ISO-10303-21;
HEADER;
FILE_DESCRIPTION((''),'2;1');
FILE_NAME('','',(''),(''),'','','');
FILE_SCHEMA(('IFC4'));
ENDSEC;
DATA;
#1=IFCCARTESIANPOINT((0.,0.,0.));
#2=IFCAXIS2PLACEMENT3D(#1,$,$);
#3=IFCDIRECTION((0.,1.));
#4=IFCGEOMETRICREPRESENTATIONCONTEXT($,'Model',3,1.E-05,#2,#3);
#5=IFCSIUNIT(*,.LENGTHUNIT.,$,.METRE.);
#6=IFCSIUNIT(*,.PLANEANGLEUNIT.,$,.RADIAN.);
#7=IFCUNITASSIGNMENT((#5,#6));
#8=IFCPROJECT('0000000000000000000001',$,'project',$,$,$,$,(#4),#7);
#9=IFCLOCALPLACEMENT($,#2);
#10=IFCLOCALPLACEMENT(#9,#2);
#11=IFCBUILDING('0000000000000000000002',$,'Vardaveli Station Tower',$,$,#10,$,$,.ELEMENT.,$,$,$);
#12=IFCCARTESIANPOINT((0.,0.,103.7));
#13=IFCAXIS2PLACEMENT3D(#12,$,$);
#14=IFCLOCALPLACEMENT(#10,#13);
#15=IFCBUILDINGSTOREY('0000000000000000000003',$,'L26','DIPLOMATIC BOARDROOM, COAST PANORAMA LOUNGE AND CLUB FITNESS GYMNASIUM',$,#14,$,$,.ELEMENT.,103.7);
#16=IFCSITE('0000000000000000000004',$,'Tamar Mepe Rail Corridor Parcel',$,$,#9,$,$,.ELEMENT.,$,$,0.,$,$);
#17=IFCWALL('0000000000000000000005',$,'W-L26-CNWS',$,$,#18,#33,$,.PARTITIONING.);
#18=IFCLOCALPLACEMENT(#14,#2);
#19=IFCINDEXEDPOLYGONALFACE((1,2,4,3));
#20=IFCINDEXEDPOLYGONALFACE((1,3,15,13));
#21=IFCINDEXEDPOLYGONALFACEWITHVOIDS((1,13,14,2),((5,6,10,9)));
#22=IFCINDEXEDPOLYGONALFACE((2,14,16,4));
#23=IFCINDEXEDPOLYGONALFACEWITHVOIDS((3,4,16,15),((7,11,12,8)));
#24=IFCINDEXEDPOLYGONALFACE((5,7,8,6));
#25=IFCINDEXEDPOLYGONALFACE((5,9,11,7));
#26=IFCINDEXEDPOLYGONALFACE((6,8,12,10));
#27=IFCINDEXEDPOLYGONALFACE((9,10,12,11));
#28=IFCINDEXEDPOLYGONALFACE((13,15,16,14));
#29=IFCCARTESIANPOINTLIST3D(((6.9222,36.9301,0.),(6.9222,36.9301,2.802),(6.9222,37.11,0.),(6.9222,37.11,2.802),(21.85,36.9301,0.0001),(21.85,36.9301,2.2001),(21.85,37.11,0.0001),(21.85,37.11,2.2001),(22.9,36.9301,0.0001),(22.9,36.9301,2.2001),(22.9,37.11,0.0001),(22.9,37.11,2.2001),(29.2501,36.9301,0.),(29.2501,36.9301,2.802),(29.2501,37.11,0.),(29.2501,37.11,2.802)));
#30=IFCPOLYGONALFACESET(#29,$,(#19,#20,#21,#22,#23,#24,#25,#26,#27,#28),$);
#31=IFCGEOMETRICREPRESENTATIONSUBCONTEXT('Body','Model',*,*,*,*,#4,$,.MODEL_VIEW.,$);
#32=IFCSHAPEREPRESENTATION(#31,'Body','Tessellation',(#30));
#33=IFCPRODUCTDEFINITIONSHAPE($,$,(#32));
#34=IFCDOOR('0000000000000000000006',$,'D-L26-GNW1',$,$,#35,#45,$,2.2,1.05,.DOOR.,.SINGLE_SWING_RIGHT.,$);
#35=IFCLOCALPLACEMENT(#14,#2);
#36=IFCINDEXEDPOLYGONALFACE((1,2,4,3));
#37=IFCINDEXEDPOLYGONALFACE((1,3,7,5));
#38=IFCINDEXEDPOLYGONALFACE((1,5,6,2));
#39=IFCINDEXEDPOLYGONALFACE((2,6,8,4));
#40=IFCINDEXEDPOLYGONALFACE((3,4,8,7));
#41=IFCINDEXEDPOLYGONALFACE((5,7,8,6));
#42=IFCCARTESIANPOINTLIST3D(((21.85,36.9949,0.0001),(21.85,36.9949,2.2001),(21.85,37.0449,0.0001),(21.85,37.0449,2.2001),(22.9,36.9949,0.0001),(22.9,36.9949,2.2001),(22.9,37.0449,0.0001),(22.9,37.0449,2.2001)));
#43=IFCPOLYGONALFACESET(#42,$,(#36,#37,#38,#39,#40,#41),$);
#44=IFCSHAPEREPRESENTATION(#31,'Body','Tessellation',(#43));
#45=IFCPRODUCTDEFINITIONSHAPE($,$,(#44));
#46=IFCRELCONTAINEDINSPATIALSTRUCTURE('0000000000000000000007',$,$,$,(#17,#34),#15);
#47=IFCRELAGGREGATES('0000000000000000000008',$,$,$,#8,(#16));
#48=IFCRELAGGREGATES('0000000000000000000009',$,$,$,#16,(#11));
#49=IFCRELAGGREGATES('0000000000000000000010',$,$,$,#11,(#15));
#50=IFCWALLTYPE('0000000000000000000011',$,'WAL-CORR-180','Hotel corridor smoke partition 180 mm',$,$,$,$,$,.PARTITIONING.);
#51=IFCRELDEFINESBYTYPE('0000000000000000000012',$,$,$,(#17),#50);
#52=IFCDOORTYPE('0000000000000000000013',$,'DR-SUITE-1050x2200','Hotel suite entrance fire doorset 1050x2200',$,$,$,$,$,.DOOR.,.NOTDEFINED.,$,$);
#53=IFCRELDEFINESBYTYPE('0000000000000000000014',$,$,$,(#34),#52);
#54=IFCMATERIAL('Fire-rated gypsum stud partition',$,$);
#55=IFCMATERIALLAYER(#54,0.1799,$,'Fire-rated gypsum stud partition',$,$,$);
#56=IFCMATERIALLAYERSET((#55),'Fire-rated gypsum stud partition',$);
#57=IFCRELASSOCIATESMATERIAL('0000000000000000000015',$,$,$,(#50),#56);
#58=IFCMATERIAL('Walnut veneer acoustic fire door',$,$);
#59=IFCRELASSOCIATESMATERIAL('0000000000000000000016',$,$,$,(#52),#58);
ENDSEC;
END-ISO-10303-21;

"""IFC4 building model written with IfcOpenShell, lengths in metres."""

from ifc_helpers import new_model, si_unit, direction, frame, frame_2d, origin, place, context, subcontext, project, spatial, rectangle, extrude, source, transform, mapped, material, layer, layer_set, type_object, element, fill, save


model = new_model("IFC4")

# Units and contexts
model_context = context("Model", 3, precision=1e-05, world=origin(), true_north=direction((0.0, 1.0)))
body_context = subcontext(model_context, "Body", "Model", "MODEL_VIEW")
ifc_project = project(units=[si_unit("LENGTHUNIT", "METRE"), si_unit("PLANEANGLEUNIT", "RADIAN")], contexts=[model_context])

# Site, building, storey
site_placement = place(None, origin())
site = spatial("IfcSite", under=ifc_project, at=site_placement, Name="Tamar Mepe Rail Corridor Parcel", CompositionType="ELEMENT", RefElevation=0.0)
building_placement = place(site_placement, origin())
building = spatial("IfcBuilding", under=site, at=building_placement, Name="Vardaveli Station Tower", CompositionType="ELEMENT")
storey_placement = place(building_placement, frame((0.0, 0.0, 103.7)))
storey = spatial("IfcBuildingStorey", under=building, at=storey_placement, Name="L26", Description="DIPLOMATIC BOARDROOM, COAST PANORAMA LOUNGE AND CLUB FITNESS GYMNASIUM", CompositionType="ELEMENT", Elevation=103.7)

# Wall, opening, door
ifc_material_1 = material(Name="Fire-rated gypsum stud partition")
ifc_layer_1 = layer(ifc_material_1, 0.1799, Name="Fire-rated gypsum stud partition")
ifc_layer_set_1 = layer_set([ifc_layer_1], Name="Fire-rated gypsum stud partition")
wall_type_1 = type_object("IfcWallType", Name="WAL-CORR-180", Description="Hotel corridor smoke partition 180 mm", PredefinedType="PARTITIONING", material=ifc_layer_set_1)
shared_shape_1 = source(origin(), body_context, "Body", "SweptSolid", [
    extrude(rectangle(XDim=22.3279, YDim=0.1799, at=frame_2d((11.1641, 0.0))), origin(), (0.0, 0.0, 1.0), 2.802),
])
wall_1_placement = place(storey_placement, frame((6.9221, 37.02, 0.0), z_axis=(0.0, 0.0, 1.0), x_axis=(1.0, 0.0, 0.0)))
wall_1 = element("IfcWall", 1, at=wall_1_placement, inside=storey, type_object=wall_type_1, Name="W-L26-CNWS", PredefinedType="PARTITIONING", context=body_context, shape_type="MappedRepresentation", body=[
    mapped(shared_shape_1, transform((0.0, 0.0, 0.0), scale=1.0)),
])
shared_shape_2 = source(origin(), body_context, "Body", "SweptSolid", [
    extrude(rectangle(XDim=1.05, YDim=2.2, at=frame_2d((0.5249, 1.1001))), frame((0.0, 0.1001, 0.0), z_axis=(0.0, -1.0, 0.0), x_axis=(1.0, 0.0, 0.0)), (0.0, 0.0, 1.0), 0.2),
])
opening_1_placement = place(wall_1_placement, frame((14.928, 0.0, 0.0)))
opening_1 = element("IfcOpeningElement", 2, at=opening_1_placement, cuts=wall_1, PredefinedType="OPENING", context=body_context, shape_type="MappedRepresentation", body=[
    mapped(shared_shape_2, transform((0.0, 0.0, 0.0), scale=1.0)),
])
ifc_material_2 = material(Name="Walnut veneer acoustic fire door")
door_type_1 = type_object("IfcDoorType", Name="DR-SUITE-1050x2200", Description="Hotel suite entrance fire doorset 1050x2200", OperationType="NOTDEFINED", PredefinedType="DOOR", material=ifc_material_2)
shared_shape_3 = source(origin(), body_context, "Body", "SweptSolid", [
    extrude(rectangle(XDim=1.05, YDim=2.2, at=frame_2d((0.5249, 1.1001))), frame((0.0, 0.0249, 0.0), z_axis=(0.0, -1.0, 0.0), x_axis=(1.0, 0.0, 0.0)), (0.0, 0.0, 1.0), 0.05),
])
door_1_placement = place(opening_1_placement, origin())
door_1 = element("IfcDoor", 3, at=door_1_placement, inside=storey, type_object=door_type_1, Name="D-L26-GNW1", OperationType="SINGLE_SWING_RIGHT", OverallHeight=2.2, OverallWidth=1.05, PredefinedType="DOOR", context=body_context, shape_type="MappedRepresentation", body=[
    mapped(shared_shape_3, transform((0.0, 0.0, 0.0), scale=1.0)),
])
fill(opening_1, door_1)

save(model, "model.ifc")
